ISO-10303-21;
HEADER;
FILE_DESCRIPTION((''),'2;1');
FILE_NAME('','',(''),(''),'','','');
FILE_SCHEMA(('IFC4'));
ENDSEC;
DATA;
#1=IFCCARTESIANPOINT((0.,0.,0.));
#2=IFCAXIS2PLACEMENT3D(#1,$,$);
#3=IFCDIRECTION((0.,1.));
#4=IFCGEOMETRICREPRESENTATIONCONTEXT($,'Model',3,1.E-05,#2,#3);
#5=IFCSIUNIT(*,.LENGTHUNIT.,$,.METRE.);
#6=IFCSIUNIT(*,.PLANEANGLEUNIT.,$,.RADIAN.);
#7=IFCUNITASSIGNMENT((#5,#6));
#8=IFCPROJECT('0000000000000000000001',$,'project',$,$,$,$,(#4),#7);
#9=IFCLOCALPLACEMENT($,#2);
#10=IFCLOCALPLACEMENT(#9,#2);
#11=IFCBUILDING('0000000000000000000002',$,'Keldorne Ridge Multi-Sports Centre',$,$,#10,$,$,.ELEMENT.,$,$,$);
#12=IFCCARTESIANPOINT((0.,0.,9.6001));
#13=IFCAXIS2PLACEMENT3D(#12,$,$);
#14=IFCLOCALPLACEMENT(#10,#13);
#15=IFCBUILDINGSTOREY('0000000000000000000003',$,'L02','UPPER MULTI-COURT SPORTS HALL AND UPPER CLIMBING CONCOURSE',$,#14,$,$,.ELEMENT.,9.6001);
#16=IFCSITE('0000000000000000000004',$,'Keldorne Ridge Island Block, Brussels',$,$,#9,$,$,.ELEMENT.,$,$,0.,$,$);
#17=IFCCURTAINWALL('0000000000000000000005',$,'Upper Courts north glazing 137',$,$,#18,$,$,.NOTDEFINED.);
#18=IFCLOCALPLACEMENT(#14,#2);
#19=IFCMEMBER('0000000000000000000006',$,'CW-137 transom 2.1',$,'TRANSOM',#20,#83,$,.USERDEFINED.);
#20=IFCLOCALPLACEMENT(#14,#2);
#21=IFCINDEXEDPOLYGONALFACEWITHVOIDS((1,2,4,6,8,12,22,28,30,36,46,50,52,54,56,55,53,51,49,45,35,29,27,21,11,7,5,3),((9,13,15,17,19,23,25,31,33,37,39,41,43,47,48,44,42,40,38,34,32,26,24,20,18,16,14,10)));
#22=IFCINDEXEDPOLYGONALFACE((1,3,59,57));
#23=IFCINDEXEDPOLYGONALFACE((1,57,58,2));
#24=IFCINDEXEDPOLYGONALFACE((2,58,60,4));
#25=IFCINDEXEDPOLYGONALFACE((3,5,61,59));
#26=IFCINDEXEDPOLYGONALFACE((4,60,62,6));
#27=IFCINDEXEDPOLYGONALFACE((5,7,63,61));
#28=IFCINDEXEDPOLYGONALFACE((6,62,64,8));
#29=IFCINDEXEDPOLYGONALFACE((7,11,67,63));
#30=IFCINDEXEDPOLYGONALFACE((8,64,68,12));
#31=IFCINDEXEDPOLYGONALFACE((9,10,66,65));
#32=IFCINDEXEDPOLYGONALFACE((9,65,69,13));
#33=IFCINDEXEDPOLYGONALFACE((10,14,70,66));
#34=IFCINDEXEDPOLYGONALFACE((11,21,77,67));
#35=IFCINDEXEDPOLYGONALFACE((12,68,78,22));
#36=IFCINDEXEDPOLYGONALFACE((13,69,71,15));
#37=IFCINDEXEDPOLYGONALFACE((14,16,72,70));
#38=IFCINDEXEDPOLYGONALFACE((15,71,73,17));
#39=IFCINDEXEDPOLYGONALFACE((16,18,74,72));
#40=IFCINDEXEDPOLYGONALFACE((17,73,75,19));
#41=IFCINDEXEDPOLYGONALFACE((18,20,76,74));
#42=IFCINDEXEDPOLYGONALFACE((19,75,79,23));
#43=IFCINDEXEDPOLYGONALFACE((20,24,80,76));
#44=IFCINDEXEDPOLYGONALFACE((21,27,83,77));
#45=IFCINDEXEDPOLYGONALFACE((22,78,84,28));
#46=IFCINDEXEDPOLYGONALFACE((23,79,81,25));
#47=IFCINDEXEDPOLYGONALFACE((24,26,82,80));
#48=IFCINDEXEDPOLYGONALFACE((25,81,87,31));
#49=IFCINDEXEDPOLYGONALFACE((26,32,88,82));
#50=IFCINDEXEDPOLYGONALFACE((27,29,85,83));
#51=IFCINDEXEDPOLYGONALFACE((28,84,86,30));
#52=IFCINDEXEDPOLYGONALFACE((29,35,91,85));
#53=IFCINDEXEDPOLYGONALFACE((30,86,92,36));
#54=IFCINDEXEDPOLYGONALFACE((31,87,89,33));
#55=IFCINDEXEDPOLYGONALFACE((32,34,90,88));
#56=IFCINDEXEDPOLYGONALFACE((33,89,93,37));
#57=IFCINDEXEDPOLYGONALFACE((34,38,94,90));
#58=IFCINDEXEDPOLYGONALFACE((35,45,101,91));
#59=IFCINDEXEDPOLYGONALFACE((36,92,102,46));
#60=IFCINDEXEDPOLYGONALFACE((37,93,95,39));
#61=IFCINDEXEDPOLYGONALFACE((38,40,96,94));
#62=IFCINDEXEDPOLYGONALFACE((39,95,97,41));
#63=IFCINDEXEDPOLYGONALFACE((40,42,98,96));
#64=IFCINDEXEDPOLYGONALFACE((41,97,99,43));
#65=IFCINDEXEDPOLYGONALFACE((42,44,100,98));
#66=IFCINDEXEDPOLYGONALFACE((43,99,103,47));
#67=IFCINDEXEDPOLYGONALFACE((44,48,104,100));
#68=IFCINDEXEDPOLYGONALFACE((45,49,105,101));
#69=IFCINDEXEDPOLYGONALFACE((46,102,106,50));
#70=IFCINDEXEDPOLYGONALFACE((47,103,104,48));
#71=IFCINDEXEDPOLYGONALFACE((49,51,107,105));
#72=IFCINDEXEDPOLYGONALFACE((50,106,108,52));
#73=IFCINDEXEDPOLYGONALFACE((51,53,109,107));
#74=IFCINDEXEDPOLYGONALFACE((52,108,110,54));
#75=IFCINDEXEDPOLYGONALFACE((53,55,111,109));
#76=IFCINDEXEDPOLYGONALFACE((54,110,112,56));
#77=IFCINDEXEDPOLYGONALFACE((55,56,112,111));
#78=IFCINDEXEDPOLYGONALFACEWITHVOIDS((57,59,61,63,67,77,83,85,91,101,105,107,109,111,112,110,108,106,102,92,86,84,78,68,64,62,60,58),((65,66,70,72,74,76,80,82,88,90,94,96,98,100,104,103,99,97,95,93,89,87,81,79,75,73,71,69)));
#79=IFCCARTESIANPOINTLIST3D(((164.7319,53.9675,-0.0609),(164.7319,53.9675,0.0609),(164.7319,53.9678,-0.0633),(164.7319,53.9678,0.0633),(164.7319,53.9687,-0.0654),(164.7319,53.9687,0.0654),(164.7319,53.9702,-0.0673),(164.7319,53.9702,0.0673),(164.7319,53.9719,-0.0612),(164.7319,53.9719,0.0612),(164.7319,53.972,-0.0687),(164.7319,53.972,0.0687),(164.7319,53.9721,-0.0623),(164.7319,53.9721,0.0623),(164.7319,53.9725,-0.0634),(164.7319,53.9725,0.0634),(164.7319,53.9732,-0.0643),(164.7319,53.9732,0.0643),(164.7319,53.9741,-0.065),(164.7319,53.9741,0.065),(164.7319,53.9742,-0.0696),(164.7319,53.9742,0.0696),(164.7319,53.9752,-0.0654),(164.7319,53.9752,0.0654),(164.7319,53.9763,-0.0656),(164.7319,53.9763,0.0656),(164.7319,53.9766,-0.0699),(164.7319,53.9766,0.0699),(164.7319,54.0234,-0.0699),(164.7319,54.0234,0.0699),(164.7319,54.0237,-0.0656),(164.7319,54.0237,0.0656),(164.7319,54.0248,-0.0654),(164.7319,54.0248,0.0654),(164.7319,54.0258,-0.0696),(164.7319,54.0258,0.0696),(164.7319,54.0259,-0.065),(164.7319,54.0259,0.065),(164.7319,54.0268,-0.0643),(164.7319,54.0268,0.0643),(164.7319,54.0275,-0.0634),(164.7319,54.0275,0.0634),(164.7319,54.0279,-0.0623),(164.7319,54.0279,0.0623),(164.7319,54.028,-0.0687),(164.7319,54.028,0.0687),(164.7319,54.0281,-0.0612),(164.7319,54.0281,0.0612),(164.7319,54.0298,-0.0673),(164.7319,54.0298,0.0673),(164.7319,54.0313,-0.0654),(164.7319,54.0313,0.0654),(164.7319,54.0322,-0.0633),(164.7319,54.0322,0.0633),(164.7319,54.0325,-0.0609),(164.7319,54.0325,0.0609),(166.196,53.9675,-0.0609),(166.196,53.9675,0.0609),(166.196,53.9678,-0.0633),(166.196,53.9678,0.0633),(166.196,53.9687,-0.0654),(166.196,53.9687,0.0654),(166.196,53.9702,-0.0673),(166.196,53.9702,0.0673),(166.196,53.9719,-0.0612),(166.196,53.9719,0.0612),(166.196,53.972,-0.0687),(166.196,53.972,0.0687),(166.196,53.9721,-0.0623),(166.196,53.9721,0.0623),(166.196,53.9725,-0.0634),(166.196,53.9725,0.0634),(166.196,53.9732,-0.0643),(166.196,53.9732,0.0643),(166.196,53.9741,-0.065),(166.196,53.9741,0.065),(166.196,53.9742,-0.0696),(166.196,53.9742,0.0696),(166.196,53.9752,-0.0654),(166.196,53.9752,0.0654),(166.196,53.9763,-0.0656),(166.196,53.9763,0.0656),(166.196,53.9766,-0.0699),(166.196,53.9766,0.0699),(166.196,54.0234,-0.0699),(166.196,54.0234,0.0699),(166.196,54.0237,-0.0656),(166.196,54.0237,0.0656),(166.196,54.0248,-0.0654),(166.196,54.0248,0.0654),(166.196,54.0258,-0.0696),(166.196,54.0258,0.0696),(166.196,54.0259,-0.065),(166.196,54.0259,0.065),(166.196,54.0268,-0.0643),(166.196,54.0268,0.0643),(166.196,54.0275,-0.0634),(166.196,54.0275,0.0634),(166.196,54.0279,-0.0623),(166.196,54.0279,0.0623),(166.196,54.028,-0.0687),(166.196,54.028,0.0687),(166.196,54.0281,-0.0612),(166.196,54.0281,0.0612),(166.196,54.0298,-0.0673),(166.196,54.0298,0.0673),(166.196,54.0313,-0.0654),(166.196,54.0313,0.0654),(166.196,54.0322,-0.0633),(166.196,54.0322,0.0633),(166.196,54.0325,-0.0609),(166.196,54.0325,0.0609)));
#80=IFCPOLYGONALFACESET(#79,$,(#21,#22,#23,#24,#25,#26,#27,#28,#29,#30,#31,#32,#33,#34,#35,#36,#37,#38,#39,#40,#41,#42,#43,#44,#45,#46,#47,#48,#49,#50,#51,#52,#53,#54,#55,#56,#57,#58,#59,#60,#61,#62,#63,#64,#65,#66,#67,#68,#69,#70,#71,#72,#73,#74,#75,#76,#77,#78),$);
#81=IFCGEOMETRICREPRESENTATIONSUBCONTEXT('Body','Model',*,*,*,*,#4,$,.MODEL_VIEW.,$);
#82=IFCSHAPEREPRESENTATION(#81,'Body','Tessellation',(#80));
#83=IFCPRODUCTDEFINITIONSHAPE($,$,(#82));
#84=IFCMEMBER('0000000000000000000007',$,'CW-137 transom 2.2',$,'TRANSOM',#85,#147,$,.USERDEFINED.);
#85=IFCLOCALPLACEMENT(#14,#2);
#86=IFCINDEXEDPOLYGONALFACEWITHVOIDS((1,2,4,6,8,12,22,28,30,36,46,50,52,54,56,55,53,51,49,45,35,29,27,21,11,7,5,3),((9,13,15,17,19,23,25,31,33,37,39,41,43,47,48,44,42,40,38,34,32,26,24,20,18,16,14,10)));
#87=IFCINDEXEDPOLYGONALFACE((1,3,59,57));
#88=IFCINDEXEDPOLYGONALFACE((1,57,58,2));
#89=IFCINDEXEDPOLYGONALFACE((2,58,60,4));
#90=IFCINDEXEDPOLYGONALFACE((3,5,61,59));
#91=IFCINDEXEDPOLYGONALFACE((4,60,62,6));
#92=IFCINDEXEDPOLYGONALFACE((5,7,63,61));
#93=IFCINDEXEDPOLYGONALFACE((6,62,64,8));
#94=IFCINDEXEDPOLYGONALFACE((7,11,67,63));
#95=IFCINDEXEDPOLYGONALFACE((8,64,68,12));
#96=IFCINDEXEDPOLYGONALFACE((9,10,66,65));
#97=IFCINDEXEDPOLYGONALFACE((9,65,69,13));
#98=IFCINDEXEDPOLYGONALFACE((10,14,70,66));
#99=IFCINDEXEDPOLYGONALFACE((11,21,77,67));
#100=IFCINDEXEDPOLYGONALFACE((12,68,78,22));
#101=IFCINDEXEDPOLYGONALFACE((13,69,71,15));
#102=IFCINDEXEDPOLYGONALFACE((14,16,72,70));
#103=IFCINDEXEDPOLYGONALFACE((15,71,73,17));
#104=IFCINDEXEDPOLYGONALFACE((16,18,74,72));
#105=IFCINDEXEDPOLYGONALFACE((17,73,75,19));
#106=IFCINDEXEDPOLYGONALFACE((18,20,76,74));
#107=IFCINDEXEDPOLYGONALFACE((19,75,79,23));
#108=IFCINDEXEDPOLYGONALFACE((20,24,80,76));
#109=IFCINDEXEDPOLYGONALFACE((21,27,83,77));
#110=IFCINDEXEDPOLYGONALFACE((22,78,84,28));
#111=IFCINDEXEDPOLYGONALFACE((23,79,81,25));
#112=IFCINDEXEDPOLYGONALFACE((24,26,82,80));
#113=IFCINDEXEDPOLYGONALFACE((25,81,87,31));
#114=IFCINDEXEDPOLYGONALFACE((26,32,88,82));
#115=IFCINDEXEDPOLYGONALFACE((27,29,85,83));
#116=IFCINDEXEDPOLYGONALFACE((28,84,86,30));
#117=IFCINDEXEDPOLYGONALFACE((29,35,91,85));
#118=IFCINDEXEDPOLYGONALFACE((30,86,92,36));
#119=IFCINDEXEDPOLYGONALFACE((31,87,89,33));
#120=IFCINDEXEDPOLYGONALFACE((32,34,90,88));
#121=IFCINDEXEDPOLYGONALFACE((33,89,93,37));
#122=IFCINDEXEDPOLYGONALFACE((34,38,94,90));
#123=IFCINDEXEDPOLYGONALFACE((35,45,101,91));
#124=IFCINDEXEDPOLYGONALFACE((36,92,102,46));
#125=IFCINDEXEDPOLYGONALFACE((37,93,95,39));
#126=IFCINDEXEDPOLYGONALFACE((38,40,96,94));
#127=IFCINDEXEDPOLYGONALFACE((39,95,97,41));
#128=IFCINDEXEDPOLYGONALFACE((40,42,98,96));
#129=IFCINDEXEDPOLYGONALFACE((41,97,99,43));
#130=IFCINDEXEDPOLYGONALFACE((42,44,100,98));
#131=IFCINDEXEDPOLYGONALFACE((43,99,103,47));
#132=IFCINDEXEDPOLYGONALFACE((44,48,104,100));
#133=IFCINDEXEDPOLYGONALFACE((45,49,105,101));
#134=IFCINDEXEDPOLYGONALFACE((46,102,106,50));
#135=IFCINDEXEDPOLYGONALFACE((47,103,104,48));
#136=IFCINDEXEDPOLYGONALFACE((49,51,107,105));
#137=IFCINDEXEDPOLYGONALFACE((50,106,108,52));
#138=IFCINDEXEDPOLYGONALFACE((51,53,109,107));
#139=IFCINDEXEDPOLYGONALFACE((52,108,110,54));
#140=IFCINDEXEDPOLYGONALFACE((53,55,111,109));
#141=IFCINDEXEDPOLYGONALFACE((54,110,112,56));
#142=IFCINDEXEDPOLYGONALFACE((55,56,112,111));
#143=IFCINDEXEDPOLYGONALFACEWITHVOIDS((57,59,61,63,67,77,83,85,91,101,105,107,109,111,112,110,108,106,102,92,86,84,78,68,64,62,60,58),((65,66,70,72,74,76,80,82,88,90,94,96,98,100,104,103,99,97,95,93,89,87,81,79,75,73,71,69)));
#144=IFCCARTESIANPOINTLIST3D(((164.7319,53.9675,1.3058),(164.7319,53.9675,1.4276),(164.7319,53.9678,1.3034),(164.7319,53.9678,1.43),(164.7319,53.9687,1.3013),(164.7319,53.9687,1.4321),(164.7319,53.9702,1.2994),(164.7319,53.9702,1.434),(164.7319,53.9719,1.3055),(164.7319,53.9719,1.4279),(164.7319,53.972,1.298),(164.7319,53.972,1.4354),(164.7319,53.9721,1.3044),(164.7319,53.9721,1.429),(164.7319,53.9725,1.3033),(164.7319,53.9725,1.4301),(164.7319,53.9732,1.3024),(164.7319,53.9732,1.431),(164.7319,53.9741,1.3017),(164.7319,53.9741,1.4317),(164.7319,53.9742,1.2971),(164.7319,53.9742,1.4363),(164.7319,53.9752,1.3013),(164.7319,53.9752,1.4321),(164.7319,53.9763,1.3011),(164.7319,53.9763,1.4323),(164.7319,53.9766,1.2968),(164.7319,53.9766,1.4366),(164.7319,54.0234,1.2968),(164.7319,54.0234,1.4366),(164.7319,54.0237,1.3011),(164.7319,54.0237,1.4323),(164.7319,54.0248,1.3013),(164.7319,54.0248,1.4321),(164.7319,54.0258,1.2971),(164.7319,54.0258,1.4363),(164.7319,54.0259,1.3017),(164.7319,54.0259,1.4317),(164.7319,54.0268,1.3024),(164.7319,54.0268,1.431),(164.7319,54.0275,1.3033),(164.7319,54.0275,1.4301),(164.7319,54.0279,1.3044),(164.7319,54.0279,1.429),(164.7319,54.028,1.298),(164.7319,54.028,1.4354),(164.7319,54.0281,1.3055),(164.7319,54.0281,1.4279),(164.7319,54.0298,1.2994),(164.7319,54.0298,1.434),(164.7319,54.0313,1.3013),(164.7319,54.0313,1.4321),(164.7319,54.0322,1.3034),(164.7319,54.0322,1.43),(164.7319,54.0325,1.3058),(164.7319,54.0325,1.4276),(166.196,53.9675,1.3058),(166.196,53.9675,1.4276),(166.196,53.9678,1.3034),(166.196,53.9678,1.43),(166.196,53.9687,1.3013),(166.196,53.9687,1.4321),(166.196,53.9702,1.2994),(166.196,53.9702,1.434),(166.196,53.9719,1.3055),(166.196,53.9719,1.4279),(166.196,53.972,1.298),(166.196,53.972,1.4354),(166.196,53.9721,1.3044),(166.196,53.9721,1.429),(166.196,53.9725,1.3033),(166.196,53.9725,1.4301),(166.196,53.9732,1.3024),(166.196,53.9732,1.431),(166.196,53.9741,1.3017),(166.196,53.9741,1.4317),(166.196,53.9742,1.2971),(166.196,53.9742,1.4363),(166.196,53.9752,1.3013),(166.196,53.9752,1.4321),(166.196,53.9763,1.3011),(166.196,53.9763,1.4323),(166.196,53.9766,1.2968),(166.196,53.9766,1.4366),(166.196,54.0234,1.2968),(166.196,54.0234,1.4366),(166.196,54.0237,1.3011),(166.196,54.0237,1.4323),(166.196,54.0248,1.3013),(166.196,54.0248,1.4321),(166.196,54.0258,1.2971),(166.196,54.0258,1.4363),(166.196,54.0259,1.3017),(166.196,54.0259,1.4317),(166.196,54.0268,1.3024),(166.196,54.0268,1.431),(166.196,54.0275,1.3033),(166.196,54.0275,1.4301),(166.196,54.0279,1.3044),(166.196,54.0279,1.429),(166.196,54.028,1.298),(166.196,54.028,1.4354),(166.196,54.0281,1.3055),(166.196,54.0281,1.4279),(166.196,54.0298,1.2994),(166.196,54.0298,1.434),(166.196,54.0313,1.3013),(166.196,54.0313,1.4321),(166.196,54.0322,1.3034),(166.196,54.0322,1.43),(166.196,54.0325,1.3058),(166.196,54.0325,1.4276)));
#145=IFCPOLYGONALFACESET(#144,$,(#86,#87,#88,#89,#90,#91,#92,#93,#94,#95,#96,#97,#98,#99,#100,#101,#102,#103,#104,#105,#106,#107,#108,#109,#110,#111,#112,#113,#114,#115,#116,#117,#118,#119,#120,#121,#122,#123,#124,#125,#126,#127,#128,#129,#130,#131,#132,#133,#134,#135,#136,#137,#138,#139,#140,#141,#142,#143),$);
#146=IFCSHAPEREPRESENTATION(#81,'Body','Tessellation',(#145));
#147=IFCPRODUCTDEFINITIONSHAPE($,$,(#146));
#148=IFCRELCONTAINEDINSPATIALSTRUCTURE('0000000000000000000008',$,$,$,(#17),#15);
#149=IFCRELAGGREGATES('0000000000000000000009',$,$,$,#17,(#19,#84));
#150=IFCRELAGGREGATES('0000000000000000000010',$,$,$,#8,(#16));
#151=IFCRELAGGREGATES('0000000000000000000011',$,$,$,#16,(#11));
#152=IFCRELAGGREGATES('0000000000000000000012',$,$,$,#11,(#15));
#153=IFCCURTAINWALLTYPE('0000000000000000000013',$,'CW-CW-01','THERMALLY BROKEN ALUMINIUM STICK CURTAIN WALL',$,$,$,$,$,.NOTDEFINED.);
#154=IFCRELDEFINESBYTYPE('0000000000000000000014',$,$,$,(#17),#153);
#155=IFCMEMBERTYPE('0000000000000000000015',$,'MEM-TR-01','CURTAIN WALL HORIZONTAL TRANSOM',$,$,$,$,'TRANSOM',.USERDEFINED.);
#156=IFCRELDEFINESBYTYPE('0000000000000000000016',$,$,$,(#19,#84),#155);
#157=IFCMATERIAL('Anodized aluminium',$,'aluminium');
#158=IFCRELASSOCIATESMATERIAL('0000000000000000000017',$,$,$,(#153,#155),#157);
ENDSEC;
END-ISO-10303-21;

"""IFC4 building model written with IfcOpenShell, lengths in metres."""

from ifc_helpers import new_model, si_unit, direction, frame, origin, origin_2d, place, context, subcontext, project, spatial, hollow_rectangle, extrude, material, material_profile, profile_set, type_object, element, aggregate, save


model = new_model("IFC4")

# Units and contexts
model_context = context("Model", 3, precision=1e-05, world=origin(), true_north=direction((0.0, 1.0)))
body_context = subcontext(model_context, "Body", "Model", "MODEL_VIEW")
ifc_project = project(units=[si_unit("LENGTHUNIT", "METRE"), si_unit("PLANEANGLEUNIT", "RADIAN")], contexts=[model_context])

# Site, building, storey
site_placement = place(None, origin())
site = spatial("IfcSite", under=ifc_project, at=site_placement, Name="Keldorne Ridge Island Block, Brussels", CompositionType="ELEMENT", RefElevation=0.0)
building_placement = place(site_placement, origin())
building = spatial("IfcBuilding", under=site, at=building_placement, Name="Keldorne Ridge Multi-Sports Centre", CompositionType="ELEMENT")
storey_placement = place(building_placement, frame((0.0, 0.0, 9.6001)))
storey = spatial("IfcBuildingStorey", under=building, at=storey_placement, Name="L02", Description="UPPER MULTI-COURT SPORTS HALL AND UPPER CLIMBING CONCOURSE", CompositionType="ELEMENT", Elevation=9.6001)

# Curtain wall, members
ifc_material_1 = material(Name="Anodized aluminium", Category="aluminium")
curtain_wall_type = type_object("IfcCurtainWallType", Name="CW-CW-01", Description="THERMALLY BROKEN ALUMINIUM STICK CURTAIN WALL", PredefinedType="NOTDEFINED", material=ifc_material_1)
curtain_wall_placement = place(storey_placement, origin())
curtain_wall = element("IfcCurtainWall", 1, at=curtain_wall_placement, inside=storey, type_object=curtain_wall_type, Name="Upper Courts north glazing 137", PredefinedType="NOTDEFINED")
ifc_material_profile_1 = material_profile(ifc_material_1, hollow_rectangle(XDim=0.0649, YDim=0.1399, WallThickness=0.0044, InnerFilletRadius=0.0044, OuterFilletRadius=0.009, at=origin_2d()), Name="ALU TRANSOM 140x65x4.5")
ifc_profile_set_1 = profile_set([ifc_material_profile_1], Name="Anodized aluminium")
member_type_1 = type_object("IfcMemberType", Name="MEM-TR-01", Description="CURTAIN WALL HORIZONTAL TRANSOM", ElementType="TRANSOM", PredefinedType="USERDEFINED", material=ifc_profile_set_1)
member_1_placement = place(storey_placement, frame((166.196, 54.0, 0.0), z_axis=(-1.0, 0.0, 0.0), x_axis=(0.0, -1.0, 0.0)))
member_1 = element("IfcMember", 2, at=member_1_placement, type_object=member_type_1, Name="CW-137 transom 2.1", ObjectType="TRANSOM", PredefinedType="USERDEFINED", context=body_context, shape_type="SweptSolid", body=[
    extrude(hollow_rectangle(XDim=0.0649, YDim=0.1399, WallThickness=0.0044, InnerFilletRadius=0.0044, OuterFilletRadius=0.009, at=origin_2d()), origin(), (0.0, 0.0, 1.0), 1.4641),
])
member_2_placement = place(storey_placement, frame((166.196, 54.0, 1.3667), z_axis=(-1.0, 0.0, 0.0), x_axis=(0.0, -1.0, 0.0)))
member_2 = element("IfcMember", 3, at=member_2_placement, type_object=member_type_1, Name="CW-137 transom 2.2", ObjectType="TRANSOM", PredefinedType="USERDEFINED", context=body_context, shape_type="SweptSolid", body=[
    extrude(hollow_rectangle(XDim=0.0649, YDim=0.1399, WallThickness=0.0044, InnerFilletRadius=0.0044, OuterFilletRadius=0.009, at=origin_2d()), origin(), (0.0, 0.0, 1.0), 1.4641),
])
aggregate(curtain_wall, [member_1, member_2])

save(model, "model.ifc")
